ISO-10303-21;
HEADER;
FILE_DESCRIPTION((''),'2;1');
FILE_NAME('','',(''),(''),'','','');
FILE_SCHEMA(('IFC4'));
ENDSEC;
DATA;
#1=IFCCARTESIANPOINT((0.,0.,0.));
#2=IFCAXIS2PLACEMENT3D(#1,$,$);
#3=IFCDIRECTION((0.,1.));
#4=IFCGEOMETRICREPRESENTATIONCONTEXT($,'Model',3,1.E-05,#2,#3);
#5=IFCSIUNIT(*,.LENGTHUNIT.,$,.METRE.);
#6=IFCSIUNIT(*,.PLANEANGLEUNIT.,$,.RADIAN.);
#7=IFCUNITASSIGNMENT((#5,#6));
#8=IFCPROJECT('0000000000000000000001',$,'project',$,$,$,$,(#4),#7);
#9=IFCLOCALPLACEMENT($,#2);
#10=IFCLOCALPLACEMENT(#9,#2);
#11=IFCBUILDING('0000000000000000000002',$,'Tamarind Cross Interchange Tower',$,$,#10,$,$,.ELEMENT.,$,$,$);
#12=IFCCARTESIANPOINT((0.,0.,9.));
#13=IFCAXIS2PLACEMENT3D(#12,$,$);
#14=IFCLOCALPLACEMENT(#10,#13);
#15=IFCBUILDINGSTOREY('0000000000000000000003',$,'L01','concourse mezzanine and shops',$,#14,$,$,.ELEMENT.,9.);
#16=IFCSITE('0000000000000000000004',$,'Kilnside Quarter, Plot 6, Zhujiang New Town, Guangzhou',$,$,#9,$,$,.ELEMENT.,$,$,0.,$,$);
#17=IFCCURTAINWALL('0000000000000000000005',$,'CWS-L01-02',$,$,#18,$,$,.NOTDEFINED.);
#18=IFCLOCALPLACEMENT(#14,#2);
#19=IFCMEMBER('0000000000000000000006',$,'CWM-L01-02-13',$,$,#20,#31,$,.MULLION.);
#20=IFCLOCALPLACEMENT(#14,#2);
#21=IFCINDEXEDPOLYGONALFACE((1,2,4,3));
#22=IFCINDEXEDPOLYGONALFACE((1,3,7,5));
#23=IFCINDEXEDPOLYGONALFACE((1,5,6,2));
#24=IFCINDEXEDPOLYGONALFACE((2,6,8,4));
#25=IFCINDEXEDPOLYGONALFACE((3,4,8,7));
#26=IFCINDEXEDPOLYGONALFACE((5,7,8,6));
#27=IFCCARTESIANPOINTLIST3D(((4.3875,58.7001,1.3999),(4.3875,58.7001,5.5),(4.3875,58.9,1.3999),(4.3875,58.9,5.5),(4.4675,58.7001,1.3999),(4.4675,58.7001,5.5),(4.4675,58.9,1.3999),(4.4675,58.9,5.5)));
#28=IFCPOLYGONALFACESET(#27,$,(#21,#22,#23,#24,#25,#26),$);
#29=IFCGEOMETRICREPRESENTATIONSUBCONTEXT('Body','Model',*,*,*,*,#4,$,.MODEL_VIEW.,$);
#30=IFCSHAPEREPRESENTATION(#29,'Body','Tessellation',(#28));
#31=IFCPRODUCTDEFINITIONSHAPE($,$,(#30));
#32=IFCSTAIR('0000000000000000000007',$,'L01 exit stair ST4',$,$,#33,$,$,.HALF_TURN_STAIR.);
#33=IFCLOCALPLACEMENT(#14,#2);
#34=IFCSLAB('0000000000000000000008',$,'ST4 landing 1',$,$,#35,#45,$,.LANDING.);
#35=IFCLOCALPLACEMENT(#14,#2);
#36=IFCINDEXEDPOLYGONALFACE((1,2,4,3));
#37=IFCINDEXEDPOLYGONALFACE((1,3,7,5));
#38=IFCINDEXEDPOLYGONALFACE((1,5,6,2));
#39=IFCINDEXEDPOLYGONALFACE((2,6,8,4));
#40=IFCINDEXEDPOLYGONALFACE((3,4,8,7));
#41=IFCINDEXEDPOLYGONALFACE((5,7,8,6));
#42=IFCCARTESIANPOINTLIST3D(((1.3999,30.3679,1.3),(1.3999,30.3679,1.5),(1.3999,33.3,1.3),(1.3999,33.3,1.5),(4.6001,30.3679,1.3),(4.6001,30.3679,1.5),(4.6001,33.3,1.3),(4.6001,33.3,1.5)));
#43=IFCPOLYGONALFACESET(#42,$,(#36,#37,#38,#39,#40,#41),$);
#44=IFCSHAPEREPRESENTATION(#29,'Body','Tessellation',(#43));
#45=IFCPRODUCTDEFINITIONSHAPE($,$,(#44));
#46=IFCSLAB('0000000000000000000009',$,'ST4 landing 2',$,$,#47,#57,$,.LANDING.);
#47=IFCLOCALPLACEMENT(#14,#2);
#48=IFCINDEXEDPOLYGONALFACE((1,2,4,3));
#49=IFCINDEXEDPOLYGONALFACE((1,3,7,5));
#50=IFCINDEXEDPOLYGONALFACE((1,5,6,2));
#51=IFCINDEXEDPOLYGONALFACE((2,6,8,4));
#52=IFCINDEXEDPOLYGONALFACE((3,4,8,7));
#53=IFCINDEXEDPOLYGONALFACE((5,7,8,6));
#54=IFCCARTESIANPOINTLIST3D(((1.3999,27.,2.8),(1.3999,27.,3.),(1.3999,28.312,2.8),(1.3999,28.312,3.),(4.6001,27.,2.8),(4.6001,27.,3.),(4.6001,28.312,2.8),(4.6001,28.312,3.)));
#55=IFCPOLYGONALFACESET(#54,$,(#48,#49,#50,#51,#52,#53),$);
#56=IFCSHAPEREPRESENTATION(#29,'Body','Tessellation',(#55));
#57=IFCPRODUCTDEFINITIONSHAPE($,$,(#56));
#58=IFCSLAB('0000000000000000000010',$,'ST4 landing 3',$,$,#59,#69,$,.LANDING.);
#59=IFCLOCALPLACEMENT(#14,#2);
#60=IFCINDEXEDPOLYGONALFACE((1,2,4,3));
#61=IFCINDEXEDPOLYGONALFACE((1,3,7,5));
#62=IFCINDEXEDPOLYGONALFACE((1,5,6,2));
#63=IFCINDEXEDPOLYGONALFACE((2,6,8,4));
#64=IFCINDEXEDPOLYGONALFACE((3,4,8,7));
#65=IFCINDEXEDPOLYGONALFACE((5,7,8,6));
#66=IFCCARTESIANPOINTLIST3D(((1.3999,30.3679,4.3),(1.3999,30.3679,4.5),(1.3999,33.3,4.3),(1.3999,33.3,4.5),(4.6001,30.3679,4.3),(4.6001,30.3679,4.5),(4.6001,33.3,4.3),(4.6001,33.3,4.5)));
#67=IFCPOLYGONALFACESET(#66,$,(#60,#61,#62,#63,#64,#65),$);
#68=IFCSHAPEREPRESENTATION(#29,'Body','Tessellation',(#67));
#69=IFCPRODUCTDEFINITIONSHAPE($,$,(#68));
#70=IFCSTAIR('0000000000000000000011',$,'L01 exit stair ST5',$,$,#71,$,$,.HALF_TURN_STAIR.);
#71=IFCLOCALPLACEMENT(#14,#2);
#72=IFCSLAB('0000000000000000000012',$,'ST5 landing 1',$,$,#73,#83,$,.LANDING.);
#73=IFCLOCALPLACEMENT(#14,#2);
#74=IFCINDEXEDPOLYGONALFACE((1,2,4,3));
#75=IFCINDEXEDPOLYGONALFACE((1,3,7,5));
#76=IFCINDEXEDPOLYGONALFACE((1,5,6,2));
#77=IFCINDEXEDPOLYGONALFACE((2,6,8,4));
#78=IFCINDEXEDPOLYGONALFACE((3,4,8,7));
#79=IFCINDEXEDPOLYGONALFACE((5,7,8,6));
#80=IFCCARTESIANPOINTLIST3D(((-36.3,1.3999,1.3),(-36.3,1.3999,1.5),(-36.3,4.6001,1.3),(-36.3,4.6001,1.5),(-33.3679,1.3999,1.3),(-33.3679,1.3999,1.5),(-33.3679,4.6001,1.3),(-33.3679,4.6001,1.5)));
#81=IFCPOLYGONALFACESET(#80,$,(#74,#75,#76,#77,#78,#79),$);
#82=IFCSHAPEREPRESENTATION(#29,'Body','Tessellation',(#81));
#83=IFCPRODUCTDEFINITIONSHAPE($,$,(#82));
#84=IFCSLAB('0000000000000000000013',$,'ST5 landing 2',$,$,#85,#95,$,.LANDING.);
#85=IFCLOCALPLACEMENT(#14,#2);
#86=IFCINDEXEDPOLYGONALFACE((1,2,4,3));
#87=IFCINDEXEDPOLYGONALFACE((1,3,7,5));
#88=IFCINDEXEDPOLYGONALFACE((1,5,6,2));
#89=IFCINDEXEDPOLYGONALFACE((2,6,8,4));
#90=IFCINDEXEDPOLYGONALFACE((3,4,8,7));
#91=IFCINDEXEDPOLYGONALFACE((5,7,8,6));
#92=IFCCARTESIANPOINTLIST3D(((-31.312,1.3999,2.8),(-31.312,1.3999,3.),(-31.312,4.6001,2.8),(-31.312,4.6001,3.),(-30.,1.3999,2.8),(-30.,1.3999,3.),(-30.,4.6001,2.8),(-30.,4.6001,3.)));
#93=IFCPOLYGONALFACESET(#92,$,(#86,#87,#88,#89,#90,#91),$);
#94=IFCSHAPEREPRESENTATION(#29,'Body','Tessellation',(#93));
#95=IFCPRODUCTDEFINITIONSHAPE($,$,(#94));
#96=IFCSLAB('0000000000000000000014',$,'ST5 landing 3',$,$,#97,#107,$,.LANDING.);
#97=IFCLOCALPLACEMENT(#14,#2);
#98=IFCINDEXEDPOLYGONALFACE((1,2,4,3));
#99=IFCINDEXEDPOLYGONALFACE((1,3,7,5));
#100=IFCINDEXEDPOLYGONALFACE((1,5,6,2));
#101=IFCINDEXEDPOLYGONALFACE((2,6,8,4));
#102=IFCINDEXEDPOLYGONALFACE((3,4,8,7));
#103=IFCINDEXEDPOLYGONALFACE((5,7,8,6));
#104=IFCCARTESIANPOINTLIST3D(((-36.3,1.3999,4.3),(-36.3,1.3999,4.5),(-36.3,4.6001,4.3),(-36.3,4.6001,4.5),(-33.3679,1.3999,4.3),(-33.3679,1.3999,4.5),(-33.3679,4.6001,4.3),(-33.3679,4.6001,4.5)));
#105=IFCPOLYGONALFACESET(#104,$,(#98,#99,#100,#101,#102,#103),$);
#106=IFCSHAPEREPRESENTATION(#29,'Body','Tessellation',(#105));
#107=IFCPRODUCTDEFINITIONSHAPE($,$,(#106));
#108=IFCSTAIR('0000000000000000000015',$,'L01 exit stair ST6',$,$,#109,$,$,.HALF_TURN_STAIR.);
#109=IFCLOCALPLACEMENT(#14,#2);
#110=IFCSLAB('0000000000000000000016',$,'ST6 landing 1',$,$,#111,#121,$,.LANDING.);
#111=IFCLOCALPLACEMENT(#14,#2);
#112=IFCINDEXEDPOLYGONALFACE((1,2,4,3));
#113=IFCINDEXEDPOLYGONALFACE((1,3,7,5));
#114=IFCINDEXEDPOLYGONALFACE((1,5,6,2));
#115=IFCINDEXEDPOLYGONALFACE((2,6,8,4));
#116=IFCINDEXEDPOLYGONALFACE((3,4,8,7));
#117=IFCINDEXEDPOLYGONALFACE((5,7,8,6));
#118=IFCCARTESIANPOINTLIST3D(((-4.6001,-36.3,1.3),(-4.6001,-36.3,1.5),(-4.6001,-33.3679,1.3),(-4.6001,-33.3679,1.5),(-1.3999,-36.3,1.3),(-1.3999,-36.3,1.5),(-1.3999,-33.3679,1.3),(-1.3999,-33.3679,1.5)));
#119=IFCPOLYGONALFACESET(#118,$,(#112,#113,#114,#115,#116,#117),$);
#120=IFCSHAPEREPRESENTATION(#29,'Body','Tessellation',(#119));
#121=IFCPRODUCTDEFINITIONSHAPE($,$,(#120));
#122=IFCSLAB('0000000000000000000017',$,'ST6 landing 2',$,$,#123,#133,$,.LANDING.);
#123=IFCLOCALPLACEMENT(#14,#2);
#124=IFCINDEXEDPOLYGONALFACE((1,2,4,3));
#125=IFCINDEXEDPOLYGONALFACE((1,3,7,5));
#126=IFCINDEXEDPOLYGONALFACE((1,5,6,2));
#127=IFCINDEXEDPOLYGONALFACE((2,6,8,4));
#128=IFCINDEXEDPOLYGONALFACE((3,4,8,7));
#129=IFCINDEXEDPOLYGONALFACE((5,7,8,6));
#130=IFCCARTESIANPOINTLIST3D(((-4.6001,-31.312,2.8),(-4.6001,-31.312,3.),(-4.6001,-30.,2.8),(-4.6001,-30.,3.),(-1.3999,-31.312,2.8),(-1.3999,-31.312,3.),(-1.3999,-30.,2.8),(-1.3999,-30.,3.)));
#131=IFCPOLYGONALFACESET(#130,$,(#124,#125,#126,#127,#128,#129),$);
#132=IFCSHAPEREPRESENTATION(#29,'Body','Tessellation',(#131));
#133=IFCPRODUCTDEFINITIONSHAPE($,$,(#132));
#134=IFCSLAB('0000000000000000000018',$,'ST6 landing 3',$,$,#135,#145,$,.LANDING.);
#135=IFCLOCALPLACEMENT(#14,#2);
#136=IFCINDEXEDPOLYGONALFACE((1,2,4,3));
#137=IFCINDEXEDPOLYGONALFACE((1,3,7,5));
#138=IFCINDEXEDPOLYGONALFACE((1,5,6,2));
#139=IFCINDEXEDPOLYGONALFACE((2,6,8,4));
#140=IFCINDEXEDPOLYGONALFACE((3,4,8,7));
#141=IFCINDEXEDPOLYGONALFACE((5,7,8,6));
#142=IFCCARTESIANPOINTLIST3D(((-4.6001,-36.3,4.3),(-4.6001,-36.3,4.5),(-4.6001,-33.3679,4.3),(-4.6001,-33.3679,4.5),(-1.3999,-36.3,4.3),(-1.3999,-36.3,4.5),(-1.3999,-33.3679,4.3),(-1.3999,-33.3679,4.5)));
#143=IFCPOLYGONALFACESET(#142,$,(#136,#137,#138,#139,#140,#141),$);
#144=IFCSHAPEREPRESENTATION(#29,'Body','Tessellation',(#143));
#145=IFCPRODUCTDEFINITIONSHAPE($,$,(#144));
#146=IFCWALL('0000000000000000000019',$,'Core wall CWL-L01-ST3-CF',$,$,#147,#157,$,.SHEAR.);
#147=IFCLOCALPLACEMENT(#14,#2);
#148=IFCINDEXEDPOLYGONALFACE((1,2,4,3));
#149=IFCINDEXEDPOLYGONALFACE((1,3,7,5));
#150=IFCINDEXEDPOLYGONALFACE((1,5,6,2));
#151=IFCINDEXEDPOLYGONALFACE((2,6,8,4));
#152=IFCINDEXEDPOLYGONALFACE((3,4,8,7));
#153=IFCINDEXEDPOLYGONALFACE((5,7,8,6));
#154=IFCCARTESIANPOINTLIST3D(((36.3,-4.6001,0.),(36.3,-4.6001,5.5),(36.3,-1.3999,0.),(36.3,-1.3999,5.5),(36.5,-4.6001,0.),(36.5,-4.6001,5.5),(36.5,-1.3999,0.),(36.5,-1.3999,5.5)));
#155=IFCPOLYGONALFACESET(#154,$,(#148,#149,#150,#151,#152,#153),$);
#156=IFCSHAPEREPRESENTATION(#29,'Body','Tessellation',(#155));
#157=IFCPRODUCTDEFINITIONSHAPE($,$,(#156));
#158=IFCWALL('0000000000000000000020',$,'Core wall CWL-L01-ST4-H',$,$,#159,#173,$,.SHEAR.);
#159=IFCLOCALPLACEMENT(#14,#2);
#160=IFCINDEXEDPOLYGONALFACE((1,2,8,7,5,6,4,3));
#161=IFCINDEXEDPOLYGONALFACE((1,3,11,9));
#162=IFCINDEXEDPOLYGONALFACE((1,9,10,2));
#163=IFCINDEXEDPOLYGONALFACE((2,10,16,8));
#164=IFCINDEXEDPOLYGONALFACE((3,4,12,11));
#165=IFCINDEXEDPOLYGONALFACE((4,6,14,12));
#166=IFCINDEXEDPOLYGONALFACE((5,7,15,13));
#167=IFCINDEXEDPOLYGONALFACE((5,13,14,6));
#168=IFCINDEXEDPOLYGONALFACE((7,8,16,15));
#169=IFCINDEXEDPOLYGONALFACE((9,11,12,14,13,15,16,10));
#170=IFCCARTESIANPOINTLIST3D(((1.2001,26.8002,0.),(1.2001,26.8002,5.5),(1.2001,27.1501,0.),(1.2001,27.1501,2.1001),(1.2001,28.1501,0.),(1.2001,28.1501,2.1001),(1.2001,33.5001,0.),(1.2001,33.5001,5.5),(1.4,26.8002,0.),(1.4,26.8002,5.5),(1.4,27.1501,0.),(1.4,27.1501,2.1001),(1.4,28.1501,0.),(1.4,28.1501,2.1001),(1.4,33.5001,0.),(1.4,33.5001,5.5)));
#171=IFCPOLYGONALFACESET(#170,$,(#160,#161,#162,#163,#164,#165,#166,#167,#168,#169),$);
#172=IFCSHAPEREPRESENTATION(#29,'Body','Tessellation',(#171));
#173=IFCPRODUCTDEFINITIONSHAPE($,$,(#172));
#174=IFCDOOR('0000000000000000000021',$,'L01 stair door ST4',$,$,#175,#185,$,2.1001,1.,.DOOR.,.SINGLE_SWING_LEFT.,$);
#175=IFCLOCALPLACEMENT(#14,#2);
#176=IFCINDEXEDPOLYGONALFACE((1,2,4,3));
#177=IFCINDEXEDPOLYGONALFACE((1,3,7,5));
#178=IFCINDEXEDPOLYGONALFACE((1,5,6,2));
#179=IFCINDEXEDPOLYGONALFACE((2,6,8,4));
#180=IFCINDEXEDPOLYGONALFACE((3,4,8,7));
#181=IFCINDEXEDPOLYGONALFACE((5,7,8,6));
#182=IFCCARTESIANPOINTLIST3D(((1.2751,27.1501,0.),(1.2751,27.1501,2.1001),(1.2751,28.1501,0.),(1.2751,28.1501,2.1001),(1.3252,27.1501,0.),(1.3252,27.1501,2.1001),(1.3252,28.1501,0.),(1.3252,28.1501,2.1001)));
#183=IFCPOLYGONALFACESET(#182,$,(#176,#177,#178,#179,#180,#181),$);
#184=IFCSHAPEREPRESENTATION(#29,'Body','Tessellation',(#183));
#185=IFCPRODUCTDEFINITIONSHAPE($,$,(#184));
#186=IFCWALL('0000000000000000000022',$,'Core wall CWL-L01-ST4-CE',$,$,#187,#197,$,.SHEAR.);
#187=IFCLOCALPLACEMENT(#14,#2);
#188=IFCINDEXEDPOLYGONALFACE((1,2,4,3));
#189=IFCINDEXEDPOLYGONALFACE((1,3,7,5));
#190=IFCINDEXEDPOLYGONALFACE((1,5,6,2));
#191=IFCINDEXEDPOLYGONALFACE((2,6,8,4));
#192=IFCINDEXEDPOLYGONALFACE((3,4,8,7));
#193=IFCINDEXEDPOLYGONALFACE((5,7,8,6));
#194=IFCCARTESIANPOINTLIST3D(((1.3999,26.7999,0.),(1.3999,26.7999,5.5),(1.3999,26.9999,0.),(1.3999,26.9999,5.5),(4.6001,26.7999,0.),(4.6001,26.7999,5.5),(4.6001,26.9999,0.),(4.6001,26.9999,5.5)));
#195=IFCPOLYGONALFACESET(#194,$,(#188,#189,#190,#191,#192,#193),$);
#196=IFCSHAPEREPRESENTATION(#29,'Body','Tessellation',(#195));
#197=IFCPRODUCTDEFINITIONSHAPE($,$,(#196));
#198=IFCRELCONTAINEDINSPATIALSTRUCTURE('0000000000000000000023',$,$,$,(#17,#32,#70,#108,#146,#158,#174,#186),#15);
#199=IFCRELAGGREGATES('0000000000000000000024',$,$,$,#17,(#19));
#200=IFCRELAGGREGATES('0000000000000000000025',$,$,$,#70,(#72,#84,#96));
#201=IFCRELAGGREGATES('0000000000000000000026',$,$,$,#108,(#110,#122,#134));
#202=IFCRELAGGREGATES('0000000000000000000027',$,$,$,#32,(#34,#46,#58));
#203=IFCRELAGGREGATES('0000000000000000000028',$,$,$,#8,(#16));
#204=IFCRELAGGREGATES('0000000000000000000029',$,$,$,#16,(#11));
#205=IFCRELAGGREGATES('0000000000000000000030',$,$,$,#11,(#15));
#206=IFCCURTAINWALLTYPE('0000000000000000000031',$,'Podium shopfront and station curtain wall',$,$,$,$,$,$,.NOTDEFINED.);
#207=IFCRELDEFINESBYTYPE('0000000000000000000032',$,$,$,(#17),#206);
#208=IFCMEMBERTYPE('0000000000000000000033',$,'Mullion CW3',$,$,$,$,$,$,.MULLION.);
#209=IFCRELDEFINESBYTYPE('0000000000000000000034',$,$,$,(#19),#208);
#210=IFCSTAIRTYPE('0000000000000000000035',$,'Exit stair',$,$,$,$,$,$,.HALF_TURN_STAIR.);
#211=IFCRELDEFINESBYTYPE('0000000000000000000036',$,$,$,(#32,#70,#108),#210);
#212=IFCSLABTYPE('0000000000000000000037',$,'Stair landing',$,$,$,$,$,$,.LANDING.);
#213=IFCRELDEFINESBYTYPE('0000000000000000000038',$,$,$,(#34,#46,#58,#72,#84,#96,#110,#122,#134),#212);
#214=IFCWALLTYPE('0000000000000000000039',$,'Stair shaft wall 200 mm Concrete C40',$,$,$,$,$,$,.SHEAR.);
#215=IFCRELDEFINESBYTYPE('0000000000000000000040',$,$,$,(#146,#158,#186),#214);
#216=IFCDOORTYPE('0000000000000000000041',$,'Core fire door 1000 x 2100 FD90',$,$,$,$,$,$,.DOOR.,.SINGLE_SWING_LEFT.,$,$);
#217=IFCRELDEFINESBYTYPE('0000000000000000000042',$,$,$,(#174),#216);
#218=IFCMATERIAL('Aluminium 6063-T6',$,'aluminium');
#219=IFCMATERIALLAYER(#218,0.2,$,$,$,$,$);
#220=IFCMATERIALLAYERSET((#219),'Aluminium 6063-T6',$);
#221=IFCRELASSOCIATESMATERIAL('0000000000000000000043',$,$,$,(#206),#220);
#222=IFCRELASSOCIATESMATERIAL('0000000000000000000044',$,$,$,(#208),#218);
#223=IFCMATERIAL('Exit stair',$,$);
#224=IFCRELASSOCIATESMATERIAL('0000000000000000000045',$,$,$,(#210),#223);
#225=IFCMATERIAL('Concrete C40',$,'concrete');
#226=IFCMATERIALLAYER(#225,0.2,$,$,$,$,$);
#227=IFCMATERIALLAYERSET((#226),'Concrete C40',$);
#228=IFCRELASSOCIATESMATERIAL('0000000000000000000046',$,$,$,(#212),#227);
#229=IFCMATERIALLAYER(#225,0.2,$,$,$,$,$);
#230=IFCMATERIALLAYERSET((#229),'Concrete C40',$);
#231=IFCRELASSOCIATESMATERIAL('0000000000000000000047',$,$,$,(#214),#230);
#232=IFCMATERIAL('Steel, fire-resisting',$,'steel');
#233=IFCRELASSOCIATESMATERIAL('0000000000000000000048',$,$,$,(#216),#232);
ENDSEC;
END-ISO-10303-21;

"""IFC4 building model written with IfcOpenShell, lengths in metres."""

from ifc_helpers import new_model, si_unit, direction, frame, frame_2d, origin, origin_2d, place, context, subcontext, project, spatial, polyline, rectangle, outline, extrude, material, layer, layer_set, material_profile, profile_set, type_object, element, fill, aggregate, save


model = new_model("IFC4")

# Units and contexts
model_context = context("Model", 3, precision=1e-05, world=origin(), true_north=direction((0.0, 1.0)))
body_context = subcontext(model_context, "Body", "Model", "MODEL_VIEW")
ifc_project = project(units=[si_unit("LENGTHUNIT", "METRE"), si_unit("PLANEANGLEUNIT", "RADIAN")], contexts=[model_context])

# Site, building, storey
site_placement = place(None, origin())
site = spatial("IfcSite", under=ifc_project, at=site_placement, Name="Kilnside Quarter, Plot 6, Zhujiang New Town, Guangzhou", CompositionType="ELEMENT", RefElevation=0.0)
building_placement = place(site_placement, origin())
building = spatial("IfcBuilding", under=site, at=building_placement, Name="Tamarind Cross Interchange Tower", CompositionType="ELEMENT")
storey_placement = place(building_placement, frame((0.0, 0.0, 9.0)))
storey = spatial("IfcBuildingStorey", under=building, at=storey_placement, Name="L01", Description="concourse mezzanine and shops", CompositionType="ELEMENT", Elevation=9.0)

# Curtain wall, member
ifc_material_1 = material(Name="Aluminium 6063-T6", Category="aluminium")
ifc_layer_1 = layer(ifc_material_1, 0.2)
ifc_layer_set_1 = layer_set([ifc_layer_1], Name="Aluminium 6063-T6")
curtain_wall_type = type_object("IfcCurtainWallType", Name="Podium shopfront and station curtain wall", PredefinedType="NOTDEFINED", material=ifc_layer_set_1)
curtain_wall_placement = place(storey_placement, origin())
curtain_wall = element("IfcCurtainWall", 1, at=curtain_wall_placement, inside=storey, type_object=curtain_wall_type, Name="CWS-L01-02", PredefinedType="NOTDEFINED")
ifc_material_profile = material_profile(ifc_material_1, rectangle(XDim=0.0801, YDim=0.2, at=origin_2d()), Name="Mullion CW3")
ifc_profile_set = profile_set([ifc_material_profile], Name="Aluminium 6063-T6")
member_type = type_object("IfcMemberType", Name="Mullion CW3", PredefinedType="MULLION", material=ifc_profile_set)
member_placement = place(storey_placement, frame((4.4275, 58.8, 1.3999), z_axis=(0.0, 0.0, 1.0), x_axis=(-1.0, 0.0, 0.0)))
member = element("IfcMember", 2, at=member_placement, type_object=member_type, Name="CWM-L01-02-13", PredefinedType="MULLION", context=body_context, shape_type="SweptSolid", body=[
    extrude(rectangle(XDim=0.0801, YDim=0.2, at=origin_2d()), origin(), (0.0, 0.0, 1.0), 4.1001),
])
aggregate(curtain_wall, [member])

# Stairs, slabs
ifc_material_2 = material(Name="Exit stair")
stair_type = type_object("IfcStairType", Name="Exit stair", PredefinedType="HALF_TURN_STAIR", material=ifc_material_2)
stair_1_placement = place(storey_placement, origin())
stair_1 = element("IfcStair", 3, at=stair_1_placement, inside=storey, type_object=stair_type, Name="L01 exit stair ST4", PredefinedType="HALF_TURN_STAIR")
ifc_material_3 = material(Name="Concrete C40", Category="concrete")
ifc_layer_2 = layer(ifc_material_3, 0.2)
ifc_layer_set_2 = layer_set([ifc_layer_2], Name="Concrete C40")
slab_type = type_object("IfcSlabType", Name="Stair landing", PredefinedType="LANDING", material=ifc_layer_set_2)
slab_1_placement = place(storey_placement, frame((0.0, 0.0, 1.3)))
slab_1 = element("IfcSlab", 4, at=slab_1_placement, type_object=slab_type, Name="ST4 landing 1", PredefinedType="LANDING", context=body_context, shape_type="SweptSolid", body=[
    extrude(outline(polyline([(4.6001, 30.3679), (4.6001, 33.3), (1.3999, 33.3), (1.3999, 30.3679), (4.6001, 30.3679)])), origin(), (0.0, 0.0, 1.0), 0.2),
])
slab_2_placement = place(storey_placement, frame((0.0, 0.0, 2.8)))
slab_2 = element("IfcSlab", 5, at=slab_2_placement, type_object=slab_type, Name="ST4 landing 2", PredefinedType="LANDING", context=body_context, shape_type="SweptSolid", body=[
    extrude(outline(polyline([(4.6001, 27.0), (4.6001, 28.312), (1.3999, 28.312), (1.3999, 27.0), (4.6001, 27.0)])), origin(), (0.0, 0.0, 1.0), 0.2),
])
slab_3_placement = place(storey_placement, frame((0.0, 0.0, 4.3)))
slab_3 = element("IfcSlab", 6, at=slab_3_placement, type_object=slab_type, Name="ST4 landing 3", PredefinedType="LANDING", context=body_context, shape_type="SweptSolid", body=[
    extrude(outline(polyline([(4.6001, 30.3679), (4.6001, 33.3), (1.3999, 33.3), (1.3999, 30.3679), (4.6001, 30.3679)])), origin(), (0.0, 0.0, 1.0), 0.2),
])
stair_2_placement = place(storey_placement, origin())
stair_2 = element("IfcStair", 7, at=stair_2_placement, inside=storey, type_object=stair_type, Name="L01 exit stair ST5", PredefinedType="HALF_TURN_STAIR")
slab_4_placement = place(storey_placement, frame((0.0, 0.0, 1.3)))
slab_4 = element("IfcSlab", 8, at=slab_4_placement, type_object=slab_type, Name="ST5 landing 1", PredefinedType="LANDING", context=body_context, shape_type="SweptSolid", body=[
    extrude(outline(polyline([(-33.3679, 4.6001), (-36.3, 4.6001), (-36.3, 1.3999), (-33.3679, 1.3999), (-33.3679, 4.6001)])), origin(), (0.0, 0.0, 1.0), 0.2),
])
slab_5_placement = place(storey_placement, frame((0.0, 0.0, 2.8)))
slab_5 = element("IfcSlab", 9, at=slab_5_placement, type_object=slab_type, Name="ST5 landing 2", PredefinedType="LANDING", context=body_context, shape_type="SweptSolid", body=[
    extrude(outline(polyline([(-30.0, 4.6001), (-31.312, 4.6001), (-31.312, 1.3999), (-30.0, 1.3999), (-30.0, 4.6001)])), origin(), (0.0, 0.0, 1.0), 0.2),
])
slab_6_placement = place(storey_placement, frame((0.0, 0.0, 4.3)))
slab_6 = element("IfcSlab", 10, at=slab_6_placement, type_object=slab_type, Name="ST5 landing 3", PredefinedType="LANDING", context=body_context, shape_type="SweptSolid", body=[
    extrude(outline(polyline([(-33.3679, 4.6001), (-36.3, 4.6001), (-36.3, 1.3999), (-33.3679, 1.3999), (-33.3679, 4.6001)])), origin(), (0.0, 0.0, 1.0), 0.2),
])
aggregate(stair_2, [slab_4, slab_5, slab_6])
stair_3_placement = place(storey_placement, origin())
stair_3 = element("IfcStair", 11, at=stair_3_placement, inside=storey, type_object=stair_type, Name="L01 exit stair ST6", PredefinedType="HALF_TURN_STAIR")
slab_7_placement = place(storey_placement, frame((0.0, 0.0, 1.3)))
slab_7 = element("IfcSlab", 12, at=slab_7_placement, type_object=slab_type, Name="ST6 landing 1", PredefinedType="LANDING", context=body_context, shape_type="SweptSolid", body=[
    extrude(outline(polyline([(-4.6001, -33.3679), (-4.6001, -36.3), (-1.3999, -36.3), (-1.3999, -33.3679), (-4.6001, -33.3679)])), origin(), (0.0, 0.0, 1.0), 0.2),
])
slab_8_placement = place(storey_placement, frame((0.0, 0.0, 2.8)))
slab_8 = element("IfcSlab", 13, at=slab_8_placement, type_object=slab_type, Name="ST6 landing 2", PredefinedType="LANDING", context=body_context, shape_type="SweptSolid", body=[
    extrude(outline(polyline([(-4.6001, -30.0), (-4.6001, -31.312), (-1.3999, -31.312), (-1.3999, -30.0), (-4.6001, -30.0)])), origin(), (0.0, 0.0, 1.0), 0.2),
])
slab_9_placement = place(storey_placement, frame((0.0, 0.0, 4.3)))
slab_9 = element("IfcSlab", 14, at=slab_9_placement, type_object=slab_type, Name="ST6 landing 3", PredefinedType="LANDING", context=body_context, shape_type="SweptSolid", body=[
    extrude(outline(polyline([(-4.6001, -33.3679), (-4.6001, -36.3), (-1.3999, -36.3), (-1.3999, -33.3679), (-4.6001, -33.3679)])), origin(), (0.0, 0.0, 1.0), 0.2),
])
aggregate(stair_3, [slab_7, slab_8, slab_9])

# Wall
ifc_layer_3 = layer(ifc_material_3, 0.2)
ifc_layer_set_3 = layer_set([ifc_layer_3], Name="Concrete C40")
wall_type = type_object("IfcWallType", Name="Stair shaft wall 200 mm Concrete C40", PredefinedType="SHEAR", material=ifc_layer_set_3)
wall_1_placement = place(storey_placement, origin())
element("IfcWall", 15, at=wall_1_placement, inside=storey, type_object=wall_type, Name="Core wall CWL-L01-ST3-CF", PredefinedType="SHEAR", context=body_context, shape_type="SweptSolid", body=[
    extrude(outline(polyline([(36.3, -4.6001), (36.5, -4.6001), (36.5, -1.3999), (36.3, -1.3999), (36.3, -4.6001)])), origin(), (0.0, 0.0, 1.0), 5.5),
])

# Wall, opening, door
wall_2_placement = place(storey_placement, frame((1.3, 26.8, 0.0), z_axis=(0.0, 0.0, 1.0), x_axis=(0.0, 1.0, 0.0)))
wall_2 = element("IfcWall", 16, at=wall_2_placement, inside=storey, type_object=wall_type, Name="Core wall CWL-L01-ST4-H", PredefinedType="SHEAR", context=body_context, shape_type="SweptSolid", body=[
    extrude(rectangle(XDim=6.7, YDim=0.2, at=frame_2d((3.3501, 0.0))), origin(), (0.0, 0.0, 1.0), 5.5),
])
opening_placement = place(wall_2_placement, frame((0.3501, 0.0, 0.0)))
opening = element("IfcOpeningElement", 17, at=opening_placement, cuts=wall_2, PredefinedType="OPENING", context=body_context, shape_type="SweptSolid", body=[
    extrude(rectangle(XDim=1.0, YDim=2.1001, at=frame_2d((0.5, 1.05))), frame((0.0, 0.1099, 0.0), z_axis=(0.0, -1.0, 0.0), x_axis=(1.0, 0.0, 0.0)), (0.0, 0.0, 1.0), 0.22),
])
ifc_material_4 = material(Name="Steel, fire-resisting", Category="steel")
door_type = type_object("IfcDoorType", Name="Core fire door 1000 x 2100 FD90", OperationType="SINGLE_SWING_LEFT", PredefinedType="DOOR", material=ifc_material_4)
door_placement = place(opening_placement, origin())
door = element("IfcDoor", 18, at=door_placement, inside=storey, type_object=door_type, Name="L01 stair door ST4", OperationType="SINGLE_SWING_LEFT", OverallHeight=2.1001, OverallWidth=1.0, PredefinedType="DOOR", context=body_context, shape_type="SweptSolid", body=[
    extrude(rectangle(XDim=1.0, YDim=2.1001, at=frame_2d((0.5, 1.05))), frame((0.0, 0.0249, 0.0), z_axis=(0.0, -1.0, 0.0), x_axis=(1.0, 0.0, 0.0)), (0.0, 0.0, 1.0), 0.05),
])
fill(opening, door)

# Wall
wall_3_placement = place(storey_placement, frame((4.6001, 26.8999, 0.0), z_axis=(0.0, 0.0, 1.0), x_axis=(-1.0, 0.0, 0.0)))
element("IfcWall", 19, at=wall_3_placement, inside=storey, type_object=wall_type, Name="Core wall CWL-L01-ST4-CE", PredefinedType="SHEAR", context=body_context, shape_type="SweptSolid", body=[
    extrude(rectangle(XDim=3.2002, YDim=0.2, at=frame_2d((1.6001, 0.0))), origin(), (0.0, 0.0, 1.0), 5.5),
])

aggregate(stair_1, [slab_1, slab_2, slab_3])

save(model, "model.ifc")
